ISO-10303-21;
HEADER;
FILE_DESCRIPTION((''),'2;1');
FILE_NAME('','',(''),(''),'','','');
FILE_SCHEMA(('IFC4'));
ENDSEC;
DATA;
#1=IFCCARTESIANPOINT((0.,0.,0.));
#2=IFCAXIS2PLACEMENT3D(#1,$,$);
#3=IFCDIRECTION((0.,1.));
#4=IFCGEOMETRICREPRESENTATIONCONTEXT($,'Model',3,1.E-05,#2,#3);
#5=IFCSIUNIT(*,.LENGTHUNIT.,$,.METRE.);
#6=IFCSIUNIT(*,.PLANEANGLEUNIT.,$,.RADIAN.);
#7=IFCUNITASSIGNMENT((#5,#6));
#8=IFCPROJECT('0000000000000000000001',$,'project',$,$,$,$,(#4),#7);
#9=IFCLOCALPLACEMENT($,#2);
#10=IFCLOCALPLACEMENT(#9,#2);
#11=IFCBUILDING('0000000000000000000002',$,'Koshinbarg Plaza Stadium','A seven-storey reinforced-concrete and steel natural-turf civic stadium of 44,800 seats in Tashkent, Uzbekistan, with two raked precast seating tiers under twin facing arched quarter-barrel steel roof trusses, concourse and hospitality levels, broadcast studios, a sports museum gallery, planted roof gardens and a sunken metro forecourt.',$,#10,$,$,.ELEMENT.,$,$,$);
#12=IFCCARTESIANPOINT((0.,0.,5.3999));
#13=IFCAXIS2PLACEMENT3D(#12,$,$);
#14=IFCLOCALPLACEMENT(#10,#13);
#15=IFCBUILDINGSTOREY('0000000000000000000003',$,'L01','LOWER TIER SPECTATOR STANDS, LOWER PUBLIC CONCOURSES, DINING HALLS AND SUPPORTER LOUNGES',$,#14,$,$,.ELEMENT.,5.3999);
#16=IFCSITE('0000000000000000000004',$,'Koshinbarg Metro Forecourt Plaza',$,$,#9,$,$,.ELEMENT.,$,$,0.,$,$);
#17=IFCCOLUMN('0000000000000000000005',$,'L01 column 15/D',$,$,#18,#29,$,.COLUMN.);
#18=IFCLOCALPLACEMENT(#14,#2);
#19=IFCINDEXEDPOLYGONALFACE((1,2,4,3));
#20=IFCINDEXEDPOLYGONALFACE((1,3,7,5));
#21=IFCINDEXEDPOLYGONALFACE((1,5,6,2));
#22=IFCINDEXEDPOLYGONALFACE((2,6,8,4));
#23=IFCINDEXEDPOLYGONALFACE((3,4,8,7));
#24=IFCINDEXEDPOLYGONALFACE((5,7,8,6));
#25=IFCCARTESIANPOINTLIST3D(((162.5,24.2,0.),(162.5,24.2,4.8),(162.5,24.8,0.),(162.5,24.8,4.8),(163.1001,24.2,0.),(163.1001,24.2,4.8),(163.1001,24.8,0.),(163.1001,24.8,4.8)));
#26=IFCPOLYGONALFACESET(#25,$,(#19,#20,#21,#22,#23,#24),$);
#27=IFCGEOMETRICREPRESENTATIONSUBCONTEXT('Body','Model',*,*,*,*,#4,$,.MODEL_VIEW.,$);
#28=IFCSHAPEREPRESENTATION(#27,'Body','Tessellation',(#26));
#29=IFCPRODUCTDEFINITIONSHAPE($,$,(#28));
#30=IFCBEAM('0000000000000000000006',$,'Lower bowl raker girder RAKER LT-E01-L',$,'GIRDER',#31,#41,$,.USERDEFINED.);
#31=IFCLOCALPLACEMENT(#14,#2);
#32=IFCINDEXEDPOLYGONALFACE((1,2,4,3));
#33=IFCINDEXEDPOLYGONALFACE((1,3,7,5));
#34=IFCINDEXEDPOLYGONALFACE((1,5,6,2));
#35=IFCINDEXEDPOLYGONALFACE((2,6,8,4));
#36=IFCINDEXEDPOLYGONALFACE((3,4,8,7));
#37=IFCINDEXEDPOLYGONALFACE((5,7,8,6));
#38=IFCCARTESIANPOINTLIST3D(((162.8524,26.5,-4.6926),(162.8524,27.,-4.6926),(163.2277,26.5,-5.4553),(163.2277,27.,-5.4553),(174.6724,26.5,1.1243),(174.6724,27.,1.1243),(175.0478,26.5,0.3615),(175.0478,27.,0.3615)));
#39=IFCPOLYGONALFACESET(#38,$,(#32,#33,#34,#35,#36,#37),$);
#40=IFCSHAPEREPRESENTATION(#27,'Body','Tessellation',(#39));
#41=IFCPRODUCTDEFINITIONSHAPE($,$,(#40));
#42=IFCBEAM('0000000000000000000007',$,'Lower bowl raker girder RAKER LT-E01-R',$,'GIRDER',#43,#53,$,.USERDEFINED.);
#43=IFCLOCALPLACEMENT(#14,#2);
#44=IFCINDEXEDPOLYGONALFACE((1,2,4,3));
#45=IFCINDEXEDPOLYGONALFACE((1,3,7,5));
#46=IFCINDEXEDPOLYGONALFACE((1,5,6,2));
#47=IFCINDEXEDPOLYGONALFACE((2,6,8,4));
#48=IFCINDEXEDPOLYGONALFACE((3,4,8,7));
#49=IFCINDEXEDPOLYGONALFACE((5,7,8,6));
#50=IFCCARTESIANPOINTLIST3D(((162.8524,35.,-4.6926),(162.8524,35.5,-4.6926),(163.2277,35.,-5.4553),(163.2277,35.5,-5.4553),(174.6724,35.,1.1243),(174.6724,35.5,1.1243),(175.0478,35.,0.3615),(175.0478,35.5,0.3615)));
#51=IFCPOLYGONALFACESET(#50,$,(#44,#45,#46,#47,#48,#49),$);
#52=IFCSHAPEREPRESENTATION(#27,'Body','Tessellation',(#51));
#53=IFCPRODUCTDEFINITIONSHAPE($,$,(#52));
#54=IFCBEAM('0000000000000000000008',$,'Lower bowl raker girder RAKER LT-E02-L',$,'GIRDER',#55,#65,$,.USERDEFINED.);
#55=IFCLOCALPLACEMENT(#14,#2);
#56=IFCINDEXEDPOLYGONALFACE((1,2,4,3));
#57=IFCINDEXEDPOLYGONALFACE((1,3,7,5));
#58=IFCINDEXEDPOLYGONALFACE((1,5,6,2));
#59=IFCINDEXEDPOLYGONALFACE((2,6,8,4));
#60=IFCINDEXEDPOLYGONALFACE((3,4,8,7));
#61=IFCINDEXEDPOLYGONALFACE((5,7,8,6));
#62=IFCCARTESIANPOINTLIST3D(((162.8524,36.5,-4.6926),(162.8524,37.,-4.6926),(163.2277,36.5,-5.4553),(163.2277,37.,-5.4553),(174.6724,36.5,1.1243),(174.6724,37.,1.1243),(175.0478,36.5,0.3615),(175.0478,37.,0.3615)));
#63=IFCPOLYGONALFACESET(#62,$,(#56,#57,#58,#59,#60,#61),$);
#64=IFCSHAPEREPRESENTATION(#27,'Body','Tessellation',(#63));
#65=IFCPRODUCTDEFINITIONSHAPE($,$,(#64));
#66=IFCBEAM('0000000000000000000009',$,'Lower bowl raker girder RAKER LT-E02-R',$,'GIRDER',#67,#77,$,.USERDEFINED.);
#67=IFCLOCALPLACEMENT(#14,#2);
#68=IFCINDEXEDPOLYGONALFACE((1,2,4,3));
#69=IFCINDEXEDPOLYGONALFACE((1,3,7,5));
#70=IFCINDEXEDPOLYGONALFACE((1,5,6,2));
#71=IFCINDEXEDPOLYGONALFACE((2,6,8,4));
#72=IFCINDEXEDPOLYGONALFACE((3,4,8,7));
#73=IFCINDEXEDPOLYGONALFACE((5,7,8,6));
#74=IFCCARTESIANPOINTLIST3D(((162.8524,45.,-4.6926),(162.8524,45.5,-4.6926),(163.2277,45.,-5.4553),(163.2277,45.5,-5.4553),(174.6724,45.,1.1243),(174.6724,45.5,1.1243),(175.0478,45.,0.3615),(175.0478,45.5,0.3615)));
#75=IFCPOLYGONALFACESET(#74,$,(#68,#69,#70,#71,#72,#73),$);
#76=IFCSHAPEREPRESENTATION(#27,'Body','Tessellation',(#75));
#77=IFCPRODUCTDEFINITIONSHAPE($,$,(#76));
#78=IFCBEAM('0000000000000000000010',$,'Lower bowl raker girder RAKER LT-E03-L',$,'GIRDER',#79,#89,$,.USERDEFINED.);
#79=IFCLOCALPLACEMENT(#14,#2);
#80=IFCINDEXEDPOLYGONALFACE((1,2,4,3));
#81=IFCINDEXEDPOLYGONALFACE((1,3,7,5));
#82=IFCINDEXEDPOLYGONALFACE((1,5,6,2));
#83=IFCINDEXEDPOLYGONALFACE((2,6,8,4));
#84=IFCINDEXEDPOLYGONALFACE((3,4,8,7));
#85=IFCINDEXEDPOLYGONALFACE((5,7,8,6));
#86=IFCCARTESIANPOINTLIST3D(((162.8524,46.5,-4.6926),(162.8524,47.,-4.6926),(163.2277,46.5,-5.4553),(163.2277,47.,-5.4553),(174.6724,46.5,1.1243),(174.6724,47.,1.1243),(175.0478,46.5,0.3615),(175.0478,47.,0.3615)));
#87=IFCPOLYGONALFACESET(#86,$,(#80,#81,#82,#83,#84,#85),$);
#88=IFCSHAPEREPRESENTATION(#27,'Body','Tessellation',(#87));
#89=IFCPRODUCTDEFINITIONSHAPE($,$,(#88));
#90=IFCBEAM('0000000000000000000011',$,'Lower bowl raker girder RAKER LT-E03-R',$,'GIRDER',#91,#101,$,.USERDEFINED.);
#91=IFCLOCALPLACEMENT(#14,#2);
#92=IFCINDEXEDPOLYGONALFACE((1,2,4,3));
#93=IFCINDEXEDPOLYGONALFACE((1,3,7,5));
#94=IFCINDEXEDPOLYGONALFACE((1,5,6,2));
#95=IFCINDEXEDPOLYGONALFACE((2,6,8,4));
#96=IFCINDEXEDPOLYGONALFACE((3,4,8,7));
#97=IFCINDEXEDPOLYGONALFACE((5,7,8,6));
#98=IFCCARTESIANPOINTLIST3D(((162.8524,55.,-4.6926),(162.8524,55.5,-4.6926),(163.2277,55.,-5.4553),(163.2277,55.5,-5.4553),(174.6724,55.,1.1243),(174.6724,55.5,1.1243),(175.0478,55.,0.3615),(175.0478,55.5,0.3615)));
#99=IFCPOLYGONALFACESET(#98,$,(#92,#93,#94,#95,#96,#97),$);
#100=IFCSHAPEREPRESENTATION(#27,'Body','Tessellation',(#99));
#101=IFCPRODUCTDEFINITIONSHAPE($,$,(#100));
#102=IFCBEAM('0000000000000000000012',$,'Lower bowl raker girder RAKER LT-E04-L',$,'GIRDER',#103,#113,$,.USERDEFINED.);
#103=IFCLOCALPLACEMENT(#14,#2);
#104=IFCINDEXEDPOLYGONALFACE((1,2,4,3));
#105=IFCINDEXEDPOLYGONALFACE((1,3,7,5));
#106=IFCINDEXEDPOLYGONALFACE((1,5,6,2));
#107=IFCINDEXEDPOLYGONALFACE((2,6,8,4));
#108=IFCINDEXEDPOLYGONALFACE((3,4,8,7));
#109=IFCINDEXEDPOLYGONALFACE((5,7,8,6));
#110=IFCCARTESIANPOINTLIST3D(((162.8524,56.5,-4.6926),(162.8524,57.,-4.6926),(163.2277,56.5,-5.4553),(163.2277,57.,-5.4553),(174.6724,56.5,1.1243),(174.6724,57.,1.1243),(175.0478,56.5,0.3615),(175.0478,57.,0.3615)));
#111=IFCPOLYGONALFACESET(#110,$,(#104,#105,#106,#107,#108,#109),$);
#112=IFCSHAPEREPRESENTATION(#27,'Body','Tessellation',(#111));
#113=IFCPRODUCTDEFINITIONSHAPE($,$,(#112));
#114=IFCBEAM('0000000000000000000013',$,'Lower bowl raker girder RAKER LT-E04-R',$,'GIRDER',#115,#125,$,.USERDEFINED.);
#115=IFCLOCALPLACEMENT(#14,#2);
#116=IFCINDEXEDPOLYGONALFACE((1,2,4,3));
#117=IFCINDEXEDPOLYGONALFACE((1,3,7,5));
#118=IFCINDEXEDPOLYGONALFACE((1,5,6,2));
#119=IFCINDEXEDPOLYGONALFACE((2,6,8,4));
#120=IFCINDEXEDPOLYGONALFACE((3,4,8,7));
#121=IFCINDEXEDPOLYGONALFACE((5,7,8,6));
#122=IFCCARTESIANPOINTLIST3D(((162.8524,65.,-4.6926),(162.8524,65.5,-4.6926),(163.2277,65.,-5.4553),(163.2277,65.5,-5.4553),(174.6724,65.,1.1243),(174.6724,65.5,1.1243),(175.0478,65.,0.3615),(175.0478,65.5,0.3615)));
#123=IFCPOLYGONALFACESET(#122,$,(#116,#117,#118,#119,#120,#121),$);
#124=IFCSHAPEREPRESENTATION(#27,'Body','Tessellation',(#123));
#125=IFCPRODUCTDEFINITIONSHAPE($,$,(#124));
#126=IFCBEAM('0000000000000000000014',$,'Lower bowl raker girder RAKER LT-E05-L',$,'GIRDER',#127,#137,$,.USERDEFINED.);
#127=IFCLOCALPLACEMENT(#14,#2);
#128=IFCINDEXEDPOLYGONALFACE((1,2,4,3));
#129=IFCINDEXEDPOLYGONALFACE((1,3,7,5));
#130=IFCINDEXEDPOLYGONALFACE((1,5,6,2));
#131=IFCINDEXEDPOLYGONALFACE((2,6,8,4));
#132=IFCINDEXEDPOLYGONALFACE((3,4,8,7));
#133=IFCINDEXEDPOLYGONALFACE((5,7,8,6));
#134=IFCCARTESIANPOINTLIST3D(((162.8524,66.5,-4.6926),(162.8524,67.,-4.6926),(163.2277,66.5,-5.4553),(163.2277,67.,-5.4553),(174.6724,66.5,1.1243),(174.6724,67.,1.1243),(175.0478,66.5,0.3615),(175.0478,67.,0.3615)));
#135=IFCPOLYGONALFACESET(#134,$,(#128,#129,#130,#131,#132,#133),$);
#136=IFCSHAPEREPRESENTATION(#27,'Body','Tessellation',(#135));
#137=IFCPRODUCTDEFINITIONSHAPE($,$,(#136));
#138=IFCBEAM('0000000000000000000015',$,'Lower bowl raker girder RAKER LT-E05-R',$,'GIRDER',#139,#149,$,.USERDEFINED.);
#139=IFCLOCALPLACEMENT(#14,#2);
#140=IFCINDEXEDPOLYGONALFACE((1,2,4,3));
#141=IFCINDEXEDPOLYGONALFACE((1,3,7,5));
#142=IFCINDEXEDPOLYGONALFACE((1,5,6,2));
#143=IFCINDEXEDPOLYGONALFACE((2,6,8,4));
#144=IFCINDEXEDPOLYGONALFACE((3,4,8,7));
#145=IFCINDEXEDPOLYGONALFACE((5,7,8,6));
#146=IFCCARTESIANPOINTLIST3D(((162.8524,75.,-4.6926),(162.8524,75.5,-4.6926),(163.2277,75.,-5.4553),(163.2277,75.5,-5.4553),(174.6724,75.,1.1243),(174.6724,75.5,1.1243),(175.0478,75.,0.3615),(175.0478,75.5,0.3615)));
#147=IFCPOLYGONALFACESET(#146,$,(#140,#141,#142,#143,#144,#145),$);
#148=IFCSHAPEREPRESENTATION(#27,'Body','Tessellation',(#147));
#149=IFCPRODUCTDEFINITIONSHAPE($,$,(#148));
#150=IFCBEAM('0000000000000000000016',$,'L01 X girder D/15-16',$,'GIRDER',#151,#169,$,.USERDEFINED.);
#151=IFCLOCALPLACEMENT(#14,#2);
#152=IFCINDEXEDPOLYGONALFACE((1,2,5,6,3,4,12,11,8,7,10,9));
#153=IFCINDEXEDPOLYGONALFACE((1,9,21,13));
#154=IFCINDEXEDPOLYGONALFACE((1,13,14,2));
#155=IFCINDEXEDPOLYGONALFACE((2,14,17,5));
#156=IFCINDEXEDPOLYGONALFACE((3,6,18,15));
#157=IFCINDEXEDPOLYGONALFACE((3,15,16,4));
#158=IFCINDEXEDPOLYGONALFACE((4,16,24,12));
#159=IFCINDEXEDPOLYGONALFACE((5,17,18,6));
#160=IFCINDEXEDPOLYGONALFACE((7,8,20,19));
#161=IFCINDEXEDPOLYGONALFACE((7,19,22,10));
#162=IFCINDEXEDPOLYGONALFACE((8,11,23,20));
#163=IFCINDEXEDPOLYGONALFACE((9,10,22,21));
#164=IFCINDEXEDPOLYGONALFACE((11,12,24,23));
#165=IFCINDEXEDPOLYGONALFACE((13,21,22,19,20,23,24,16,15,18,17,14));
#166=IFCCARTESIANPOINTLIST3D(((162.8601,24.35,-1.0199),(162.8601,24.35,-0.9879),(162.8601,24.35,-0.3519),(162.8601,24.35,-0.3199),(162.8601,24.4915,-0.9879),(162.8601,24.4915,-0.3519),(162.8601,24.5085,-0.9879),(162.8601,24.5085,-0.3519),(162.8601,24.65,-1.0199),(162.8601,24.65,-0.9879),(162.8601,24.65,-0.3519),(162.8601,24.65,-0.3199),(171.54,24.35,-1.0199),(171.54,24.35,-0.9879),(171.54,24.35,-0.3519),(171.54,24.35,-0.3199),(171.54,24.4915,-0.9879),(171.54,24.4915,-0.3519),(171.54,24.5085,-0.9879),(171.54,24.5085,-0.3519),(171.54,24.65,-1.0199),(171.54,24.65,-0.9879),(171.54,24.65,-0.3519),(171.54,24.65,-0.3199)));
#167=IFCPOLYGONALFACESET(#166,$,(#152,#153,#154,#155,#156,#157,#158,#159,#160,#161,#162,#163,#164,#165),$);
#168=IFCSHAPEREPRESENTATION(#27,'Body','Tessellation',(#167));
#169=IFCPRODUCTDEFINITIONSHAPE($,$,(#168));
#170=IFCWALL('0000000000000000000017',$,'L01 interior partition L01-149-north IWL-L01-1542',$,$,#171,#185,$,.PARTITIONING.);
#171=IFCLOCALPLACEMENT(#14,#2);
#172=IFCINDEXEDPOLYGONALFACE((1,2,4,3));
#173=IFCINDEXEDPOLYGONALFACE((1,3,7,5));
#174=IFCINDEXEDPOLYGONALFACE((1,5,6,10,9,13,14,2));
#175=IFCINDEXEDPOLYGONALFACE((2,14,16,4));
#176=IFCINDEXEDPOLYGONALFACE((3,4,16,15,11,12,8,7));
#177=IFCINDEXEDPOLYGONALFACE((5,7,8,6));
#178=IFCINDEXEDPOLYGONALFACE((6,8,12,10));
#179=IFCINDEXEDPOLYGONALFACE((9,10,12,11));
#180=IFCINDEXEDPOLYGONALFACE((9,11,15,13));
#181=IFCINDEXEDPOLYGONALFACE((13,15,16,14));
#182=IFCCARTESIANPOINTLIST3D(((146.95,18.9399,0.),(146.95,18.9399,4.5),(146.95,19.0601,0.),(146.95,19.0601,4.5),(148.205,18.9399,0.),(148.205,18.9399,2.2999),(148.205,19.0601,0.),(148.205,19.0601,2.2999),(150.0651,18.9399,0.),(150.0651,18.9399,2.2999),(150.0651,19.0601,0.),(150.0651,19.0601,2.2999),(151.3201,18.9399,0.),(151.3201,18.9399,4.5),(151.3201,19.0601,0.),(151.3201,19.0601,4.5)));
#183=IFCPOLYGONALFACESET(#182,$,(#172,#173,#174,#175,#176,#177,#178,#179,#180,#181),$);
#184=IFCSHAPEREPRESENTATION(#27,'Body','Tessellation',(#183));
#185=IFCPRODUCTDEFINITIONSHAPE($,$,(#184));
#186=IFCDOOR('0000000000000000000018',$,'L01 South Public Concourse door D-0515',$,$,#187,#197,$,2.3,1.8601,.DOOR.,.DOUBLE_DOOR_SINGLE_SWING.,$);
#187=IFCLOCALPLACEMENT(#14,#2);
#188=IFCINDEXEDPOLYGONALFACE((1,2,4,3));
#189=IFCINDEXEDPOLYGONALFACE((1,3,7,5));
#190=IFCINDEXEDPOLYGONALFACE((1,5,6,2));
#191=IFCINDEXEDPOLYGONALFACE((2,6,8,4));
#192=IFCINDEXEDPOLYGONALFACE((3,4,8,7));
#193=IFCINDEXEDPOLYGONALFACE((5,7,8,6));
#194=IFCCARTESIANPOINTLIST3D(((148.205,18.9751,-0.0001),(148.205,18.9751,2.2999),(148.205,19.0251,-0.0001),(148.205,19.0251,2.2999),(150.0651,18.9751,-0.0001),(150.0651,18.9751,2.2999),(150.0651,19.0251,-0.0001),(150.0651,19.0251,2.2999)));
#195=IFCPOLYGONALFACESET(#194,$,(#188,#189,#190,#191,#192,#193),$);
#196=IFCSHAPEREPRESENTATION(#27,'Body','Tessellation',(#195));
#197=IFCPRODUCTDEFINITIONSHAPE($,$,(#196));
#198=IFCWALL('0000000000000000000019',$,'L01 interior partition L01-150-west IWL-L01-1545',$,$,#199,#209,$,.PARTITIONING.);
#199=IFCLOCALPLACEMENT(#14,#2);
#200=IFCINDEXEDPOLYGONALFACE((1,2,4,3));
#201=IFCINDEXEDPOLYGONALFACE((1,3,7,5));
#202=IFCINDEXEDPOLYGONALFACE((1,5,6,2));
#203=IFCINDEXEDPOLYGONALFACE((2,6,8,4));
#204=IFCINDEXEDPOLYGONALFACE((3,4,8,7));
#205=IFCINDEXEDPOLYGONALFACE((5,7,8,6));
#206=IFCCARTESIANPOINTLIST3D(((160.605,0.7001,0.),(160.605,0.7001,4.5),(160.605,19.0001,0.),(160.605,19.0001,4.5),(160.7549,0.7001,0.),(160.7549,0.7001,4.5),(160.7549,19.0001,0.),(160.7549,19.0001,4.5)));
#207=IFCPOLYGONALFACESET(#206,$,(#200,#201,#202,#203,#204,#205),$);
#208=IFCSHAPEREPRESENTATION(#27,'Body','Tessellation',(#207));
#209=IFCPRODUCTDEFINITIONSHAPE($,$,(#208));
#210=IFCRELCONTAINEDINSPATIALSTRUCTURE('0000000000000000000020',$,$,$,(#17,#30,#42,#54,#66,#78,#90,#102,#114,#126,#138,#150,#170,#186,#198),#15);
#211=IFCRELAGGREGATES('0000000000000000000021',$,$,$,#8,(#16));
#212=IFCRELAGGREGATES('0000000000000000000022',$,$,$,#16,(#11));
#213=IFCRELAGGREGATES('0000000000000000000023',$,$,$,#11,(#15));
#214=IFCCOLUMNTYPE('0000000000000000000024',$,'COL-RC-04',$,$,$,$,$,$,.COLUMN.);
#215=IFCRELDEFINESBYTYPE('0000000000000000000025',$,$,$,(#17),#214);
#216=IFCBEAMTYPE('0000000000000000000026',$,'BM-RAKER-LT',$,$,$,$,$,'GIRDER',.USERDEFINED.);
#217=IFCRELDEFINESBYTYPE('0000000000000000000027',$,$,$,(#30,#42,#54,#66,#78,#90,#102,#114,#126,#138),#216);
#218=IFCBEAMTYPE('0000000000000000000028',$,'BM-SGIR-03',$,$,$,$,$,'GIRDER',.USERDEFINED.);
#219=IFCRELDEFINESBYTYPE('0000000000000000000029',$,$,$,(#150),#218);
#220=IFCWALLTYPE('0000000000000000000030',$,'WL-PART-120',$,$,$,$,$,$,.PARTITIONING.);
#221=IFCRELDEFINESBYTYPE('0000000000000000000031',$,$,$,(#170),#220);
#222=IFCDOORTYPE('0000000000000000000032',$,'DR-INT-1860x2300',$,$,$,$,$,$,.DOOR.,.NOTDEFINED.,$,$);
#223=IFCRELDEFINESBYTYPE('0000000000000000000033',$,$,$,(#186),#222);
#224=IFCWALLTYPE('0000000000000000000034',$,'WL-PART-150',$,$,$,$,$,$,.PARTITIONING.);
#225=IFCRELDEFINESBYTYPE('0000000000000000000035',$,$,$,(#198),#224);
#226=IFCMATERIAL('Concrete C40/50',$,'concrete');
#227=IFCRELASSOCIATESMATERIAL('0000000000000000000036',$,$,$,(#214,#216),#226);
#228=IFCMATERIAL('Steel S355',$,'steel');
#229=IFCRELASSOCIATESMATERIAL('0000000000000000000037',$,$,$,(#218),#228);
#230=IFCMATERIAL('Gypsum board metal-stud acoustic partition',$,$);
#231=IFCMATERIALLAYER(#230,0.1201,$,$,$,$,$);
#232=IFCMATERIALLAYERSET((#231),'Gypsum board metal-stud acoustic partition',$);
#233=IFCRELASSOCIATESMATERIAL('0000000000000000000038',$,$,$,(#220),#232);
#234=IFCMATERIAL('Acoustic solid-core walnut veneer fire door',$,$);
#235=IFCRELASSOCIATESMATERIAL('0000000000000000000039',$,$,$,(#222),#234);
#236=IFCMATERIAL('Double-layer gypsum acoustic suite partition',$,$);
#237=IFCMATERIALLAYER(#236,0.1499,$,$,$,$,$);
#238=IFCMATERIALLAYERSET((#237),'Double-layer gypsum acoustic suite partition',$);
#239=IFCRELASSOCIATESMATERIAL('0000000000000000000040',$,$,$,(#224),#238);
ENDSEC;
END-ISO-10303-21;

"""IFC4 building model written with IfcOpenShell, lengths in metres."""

from ifc_helpers import new_model, si_unit, direction, frame, frame_2d, origin, origin_2d, place, context, subcontext, project, spatial, rectangle, i_section, extrude, material, layer, layer_set, material_profile, profile_set, type_object, element, fill, save


model = new_model("IFC4")

# Units and contexts
model_context = context("Model", 3, precision=1e-05, world=origin(), true_north=direction((0.0, 1.0)))
body_context = subcontext(model_context, "Body", "Model", "MODEL_VIEW")
ifc_project = project(units=[si_unit("LENGTHUNIT", "METRE"), si_unit("PLANEANGLEUNIT", "RADIAN")], contexts=[model_context])

# Site, building, storey
site_placement = place(None, origin())
site = spatial("IfcSite", under=ifc_project, at=site_placement, Name="Koshinbarg Metro Forecourt Plaza", CompositionType="ELEMENT", RefElevation=0.0)
building_placement = place(site_placement, origin())
building = spatial("IfcBuilding", under=site, at=building_placement, Name="Koshinbarg Plaza Stadium", Description="A seven-storey reinforced-concrete and steel natural-turf civic stadium of 44,800 seats in Tashkent, Uzbekistan, with two raked precast seating tiers under twin facing arched quarter-barrel steel roof trusses, concourse and hospitality levels, broadcast studios, a sports museum gallery, planted roof gardens and a sunken metro forecourt.", CompositionType="ELEMENT")
storey_placement = place(building_placement, frame((0.0, 0.0, 5.3999)))
storey = spatial("IfcBuildingStorey", under=building, at=storey_placement, Name="L01", Description="LOWER TIER SPECTATOR STANDS, LOWER PUBLIC CONCOURSES, DINING HALLS AND SUPPORTER LOUNGES", CompositionType="ELEMENT", Elevation=5.3999)

# Column
ifc_material_1 = material(Name="Concrete C40/50", Category="concrete")
ifc_material_profile_1 = material_profile(ifc_material_1, rectangle(XDim=0.6001, YDim=0.6001, at=origin_2d()), Name="RC 600x600")
ifc_profile_set_1 = profile_set([ifc_material_profile_1], Name="Concrete C40/50")
column_type = type_object("IfcColumnType", Name="COL-RC-04", PredefinedType="COLUMN", material=ifc_profile_set_1)
column_placement = place(storey_placement, frame((162.8, 24.5, 0.0), z_axis=(0.0, 0.0, 1.0), x_axis=(1.0, 0.0, 0.0)))
element("IfcColumn", 1, at=column_placement, inside=storey, type_object=column_type, Name="L01 column 15/D", PredefinedType="COLUMN", context=body_context, shape_type="SweptSolid", body=[
    extrude(rectangle(XDim=0.6001, YDim=0.6001, at=origin_2d()), origin(), (0.0, 0.0, 1.0), 4.8),
])

# Beams
ifc_material_profile_2 = material_profile(ifc_material_1, rectangle(XDim=0.5, YDim=0.8501, at=origin_2d()), Name="RC 500x850")
ifc_profile_set_2 = profile_set([ifc_material_profile_2], Name="Concrete C40/50")
beam_type_1 = type_object("IfcBeamType", Name="BM-RAKER-LT", ElementType="GIRDER", PredefinedType="USERDEFINED", material=ifc_profile_set_2)
for number, where, z_axis, x_axis, name in (
    (2, (163.04, 26.75, -5.074), (0.897237, 0.0, 0.441549), (0.0, 1.0, 0.0), "Lower bowl raker girder RAKER LT-E01-L"),
    (3, (163.04, 35.25, -5.074), (0.897237, 0.0, 0.441549), (0.0, 1.0, 0.0), "Lower bowl raker girder RAKER LT-E01-R"),
    (4, (163.04, 36.75, -5.074), (0.897237, 0.0, 0.441549), (0.0, 1.0, 0.0), "Lower bowl raker girder RAKER LT-E02-L"),
    (5, (163.04, 45.25, -5.074), (0.897237, 0.0, 0.441549), (0.0, 1.0, 0.0), "Lower bowl raker girder RAKER LT-E02-R"),
    (6, (163.04, 46.75, -5.074), (0.897237, 0.0, 0.441549), (0.0, 1.0, 0.0), "Lower bowl raker girder RAKER LT-E03-L"),
    (7, (163.04, 55.25, -5.074), (0.897237, 0.0, 0.441549), (0.0, 1.0, 0.0), "Lower bowl raker girder RAKER LT-E03-R"),
    (8, (163.04, 56.75, -5.074), (0.897237, 0.0, 0.441549), (0.0, 1.0, 0.0), "Lower bowl raker girder RAKER LT-E04-L"),
    (9, (163.04, 65.25, -5.074), (0.897237, 0.0, 0.441549), (0.0, 1.0, 0.0), "Lower bowl raker girder RAKER LT-E04-R"),
    (10, (163.04, 66.75, -5.074), (0.897237, 0.0, 0.441549), (0.0, 1.0, 0.0), "Lower bowl raker girder RAKER LT-E05-L"),
    (11, (163.04, 75.25, -5.074), (0.897237, 0.0, 0.441549), (0.0, 1.0, 0.0), "Lower bowl raker girder RAKER LT-E05-R"),
):
    element("IfcBeam", number, at=place(storey_placement, frame(where, z_axis=z_axis, x_axis=x_axis)), inside=storey, type_object=beam_type_1, Name=name, ObjectType="GIRDER", PredefinedType="USERDEFINED", context=body_context, shape_type="SweptSolid", body=[
        extrude(rectangle(XDim=0.5, YDim=0.8501, at=origin_2d()), origin(), (0.0, 0.0, 1.0), 13.1738),
    ])
ifc_material_2 = material(Name="Steel S355", Category="steel")
ifc_material_profile_3 = material_profile(ifc_material_2, i_section(OverallWidth=0.3, OverallDepth=0.7, WebThickness=0.0171, FlangeThickness=0.032, at=origin_2d()), Name="HEB 700")
ifc_profile_set_3 = profile_set([ifc_material_profile_3], Name="Steel S355")
beam_type_2 = type_object("IfcBeamType", Name="BM-SGIR-03", ElementType="GIRDER", PredefinedType="USERDEFINED", material=ifc_profile_set_3)
beam_placement = place(storey_placement, frame((162.8601, 24.5, -0.6699), z_axis=(1.0, 0.0, 0.0), x_axis=(0.0, 1.0, 0.0)))
element("IfcBeam", 12, at=beam_placement, inside=storey, type_object=beam_type_2, Name="L01 X girder D/15-16", ObjectType="GIRDER", PredefinedType="USERDEFINED", context=body_context, shape_type="SweptSolid", body=[
    extrude(i_section(OverallWidth=0.3, OverallDepth=0.7, WebThickness=0.0171, FlangeThickness=0.032, at=origin_2d()), origin(), (0.0, 0.0, 1.0), 8.6799),
])

# Wall, opening, door
ifc_material_3 = material(Name="Gypsum board metal-stud acoustic partition")
ifc_layer_1 = layer(ifc_material_3, 0.1201)
ifc_layer_set_1 = layer_set([ifc_layer_1], Name="Gypsum board metal-stud acoustic partition")
wall_type_1 = type_object("IfcWallType", Name="WL-PART-120", PredefinedType="PARTITIONING", material=ifc_layer_set_1)
wall_1_placement = place(storey_placement, frame((151.3201, 19.0, 0.0), z_axis=(0.0, 0.0, 1.0), x_axis=(-1.0, 0.0, 0.0)))
wall_1 = element("IfcWall", 13, at=wall_1_placement, inside=storey, type_object=wall_type_1, Name="L01 interior partition L01-149-north IWL-L01-1542", PredefinedType="PARTITIONING", context=body_context, shape_type="SweptSolid", body=[
    extrude(rectangle(XDim=4.3701, YDim=0.1201, at=frame_2d((2.1851, 0.0))), origin(), (0.0, 0.0, 1.0), 4.5),
])
opening_1_placement = place(wall_1_placement, frame((1.2549, 0.0, 0.0)))
opening_1 = element("IfcOpeningElement", 14, at=opening_1_placement, cuts=wall_1, PredefinedType="OPENING", context=body_context, shape_type="SweptSolid", body=[
    extrude(rectangle(XDim=1.8601, YDim=2.3, at=frame_2d((0.9302, 1.1499))), frame((0.0, 0.0701, 0.0), z_axis=(0.0, -1.0, 0.0), x_axis=(1.0, 0.0, 0.0)), (0.0, 0.0, 1.0), 0.1401),
])
ifc_material_4 = material(Name="Acoustic solid-core walnut veneer fire door")
door_type_1 = type_object("IfcDoorType", Name="DR-INT-1860x2300", OperationType="NOTDEFINED", PredefinedType="DOOR", material=ifc_material_4)
door_1_placement = place(opening_1_placement, origin())
door_1 = element("IfcDoor", 15, at=door_1_placement, inside=storey, type_object=door_type_1, Name="L01 South Public Concourse door D-0515", OperationType="DOUBLE_DOOR_SINGLE_SWING", OverallHeight=2.3, OverallWidth=1.8601, PredefinedType="DOOR", context=body_context, shape_type="SweptSolid", body=[
    extrude(rectangle(XDim=1.8601, YDim=2.3, at=frame_2d((0.9302, 1.1499))), frame((0.0, 0.0249, 0.0), z_axis=(0.0, -1.0, 0.0), x_axis=(1.0, 0.0, 0.0)), (0.0, 0.0, 1.0), 0.05),
])
fill(opening_1, door_1)

# Wall
ifc_material_5 = material(Name="Double-layer gypsum acoustic suite partition")
ifc_layer_2 = layer(ifc_material_5, 0.1499)
ifc_layer_set_2 = layer_set([ifc_layer_2], Name="Double-layer gypsum acoustic suite partition")
wall_type_2 = type_object("IfcWallType", Name="WL-PART-150", PredefinedType="PARTITIONING", material=ifc_layer_set_2)
wall_2_placement = place(storey_placement, frame((160.6799, 19.0, 0.0), z_axis=(0.0, 0.0, 1.0), x_axis=(0.0, -1.0, 0.0)))
element("IfcWall", 16, at=wall_2_placement, inside=storey, type_object=wall_type_2, Name="L01 interior partition L01-150-west IWL-L01-1545", PredefinedType="PARTITIONING", context=body_context, shape_type="SweptSolid", body=[
    extrude(rectangle(XDim=18.3, YDim=0.1499, at=frame_2d((9.1499, 0.0))), origin(), (0.0, 0.0, 1.0), 4.5),
])

save(model, "model.ifc")
